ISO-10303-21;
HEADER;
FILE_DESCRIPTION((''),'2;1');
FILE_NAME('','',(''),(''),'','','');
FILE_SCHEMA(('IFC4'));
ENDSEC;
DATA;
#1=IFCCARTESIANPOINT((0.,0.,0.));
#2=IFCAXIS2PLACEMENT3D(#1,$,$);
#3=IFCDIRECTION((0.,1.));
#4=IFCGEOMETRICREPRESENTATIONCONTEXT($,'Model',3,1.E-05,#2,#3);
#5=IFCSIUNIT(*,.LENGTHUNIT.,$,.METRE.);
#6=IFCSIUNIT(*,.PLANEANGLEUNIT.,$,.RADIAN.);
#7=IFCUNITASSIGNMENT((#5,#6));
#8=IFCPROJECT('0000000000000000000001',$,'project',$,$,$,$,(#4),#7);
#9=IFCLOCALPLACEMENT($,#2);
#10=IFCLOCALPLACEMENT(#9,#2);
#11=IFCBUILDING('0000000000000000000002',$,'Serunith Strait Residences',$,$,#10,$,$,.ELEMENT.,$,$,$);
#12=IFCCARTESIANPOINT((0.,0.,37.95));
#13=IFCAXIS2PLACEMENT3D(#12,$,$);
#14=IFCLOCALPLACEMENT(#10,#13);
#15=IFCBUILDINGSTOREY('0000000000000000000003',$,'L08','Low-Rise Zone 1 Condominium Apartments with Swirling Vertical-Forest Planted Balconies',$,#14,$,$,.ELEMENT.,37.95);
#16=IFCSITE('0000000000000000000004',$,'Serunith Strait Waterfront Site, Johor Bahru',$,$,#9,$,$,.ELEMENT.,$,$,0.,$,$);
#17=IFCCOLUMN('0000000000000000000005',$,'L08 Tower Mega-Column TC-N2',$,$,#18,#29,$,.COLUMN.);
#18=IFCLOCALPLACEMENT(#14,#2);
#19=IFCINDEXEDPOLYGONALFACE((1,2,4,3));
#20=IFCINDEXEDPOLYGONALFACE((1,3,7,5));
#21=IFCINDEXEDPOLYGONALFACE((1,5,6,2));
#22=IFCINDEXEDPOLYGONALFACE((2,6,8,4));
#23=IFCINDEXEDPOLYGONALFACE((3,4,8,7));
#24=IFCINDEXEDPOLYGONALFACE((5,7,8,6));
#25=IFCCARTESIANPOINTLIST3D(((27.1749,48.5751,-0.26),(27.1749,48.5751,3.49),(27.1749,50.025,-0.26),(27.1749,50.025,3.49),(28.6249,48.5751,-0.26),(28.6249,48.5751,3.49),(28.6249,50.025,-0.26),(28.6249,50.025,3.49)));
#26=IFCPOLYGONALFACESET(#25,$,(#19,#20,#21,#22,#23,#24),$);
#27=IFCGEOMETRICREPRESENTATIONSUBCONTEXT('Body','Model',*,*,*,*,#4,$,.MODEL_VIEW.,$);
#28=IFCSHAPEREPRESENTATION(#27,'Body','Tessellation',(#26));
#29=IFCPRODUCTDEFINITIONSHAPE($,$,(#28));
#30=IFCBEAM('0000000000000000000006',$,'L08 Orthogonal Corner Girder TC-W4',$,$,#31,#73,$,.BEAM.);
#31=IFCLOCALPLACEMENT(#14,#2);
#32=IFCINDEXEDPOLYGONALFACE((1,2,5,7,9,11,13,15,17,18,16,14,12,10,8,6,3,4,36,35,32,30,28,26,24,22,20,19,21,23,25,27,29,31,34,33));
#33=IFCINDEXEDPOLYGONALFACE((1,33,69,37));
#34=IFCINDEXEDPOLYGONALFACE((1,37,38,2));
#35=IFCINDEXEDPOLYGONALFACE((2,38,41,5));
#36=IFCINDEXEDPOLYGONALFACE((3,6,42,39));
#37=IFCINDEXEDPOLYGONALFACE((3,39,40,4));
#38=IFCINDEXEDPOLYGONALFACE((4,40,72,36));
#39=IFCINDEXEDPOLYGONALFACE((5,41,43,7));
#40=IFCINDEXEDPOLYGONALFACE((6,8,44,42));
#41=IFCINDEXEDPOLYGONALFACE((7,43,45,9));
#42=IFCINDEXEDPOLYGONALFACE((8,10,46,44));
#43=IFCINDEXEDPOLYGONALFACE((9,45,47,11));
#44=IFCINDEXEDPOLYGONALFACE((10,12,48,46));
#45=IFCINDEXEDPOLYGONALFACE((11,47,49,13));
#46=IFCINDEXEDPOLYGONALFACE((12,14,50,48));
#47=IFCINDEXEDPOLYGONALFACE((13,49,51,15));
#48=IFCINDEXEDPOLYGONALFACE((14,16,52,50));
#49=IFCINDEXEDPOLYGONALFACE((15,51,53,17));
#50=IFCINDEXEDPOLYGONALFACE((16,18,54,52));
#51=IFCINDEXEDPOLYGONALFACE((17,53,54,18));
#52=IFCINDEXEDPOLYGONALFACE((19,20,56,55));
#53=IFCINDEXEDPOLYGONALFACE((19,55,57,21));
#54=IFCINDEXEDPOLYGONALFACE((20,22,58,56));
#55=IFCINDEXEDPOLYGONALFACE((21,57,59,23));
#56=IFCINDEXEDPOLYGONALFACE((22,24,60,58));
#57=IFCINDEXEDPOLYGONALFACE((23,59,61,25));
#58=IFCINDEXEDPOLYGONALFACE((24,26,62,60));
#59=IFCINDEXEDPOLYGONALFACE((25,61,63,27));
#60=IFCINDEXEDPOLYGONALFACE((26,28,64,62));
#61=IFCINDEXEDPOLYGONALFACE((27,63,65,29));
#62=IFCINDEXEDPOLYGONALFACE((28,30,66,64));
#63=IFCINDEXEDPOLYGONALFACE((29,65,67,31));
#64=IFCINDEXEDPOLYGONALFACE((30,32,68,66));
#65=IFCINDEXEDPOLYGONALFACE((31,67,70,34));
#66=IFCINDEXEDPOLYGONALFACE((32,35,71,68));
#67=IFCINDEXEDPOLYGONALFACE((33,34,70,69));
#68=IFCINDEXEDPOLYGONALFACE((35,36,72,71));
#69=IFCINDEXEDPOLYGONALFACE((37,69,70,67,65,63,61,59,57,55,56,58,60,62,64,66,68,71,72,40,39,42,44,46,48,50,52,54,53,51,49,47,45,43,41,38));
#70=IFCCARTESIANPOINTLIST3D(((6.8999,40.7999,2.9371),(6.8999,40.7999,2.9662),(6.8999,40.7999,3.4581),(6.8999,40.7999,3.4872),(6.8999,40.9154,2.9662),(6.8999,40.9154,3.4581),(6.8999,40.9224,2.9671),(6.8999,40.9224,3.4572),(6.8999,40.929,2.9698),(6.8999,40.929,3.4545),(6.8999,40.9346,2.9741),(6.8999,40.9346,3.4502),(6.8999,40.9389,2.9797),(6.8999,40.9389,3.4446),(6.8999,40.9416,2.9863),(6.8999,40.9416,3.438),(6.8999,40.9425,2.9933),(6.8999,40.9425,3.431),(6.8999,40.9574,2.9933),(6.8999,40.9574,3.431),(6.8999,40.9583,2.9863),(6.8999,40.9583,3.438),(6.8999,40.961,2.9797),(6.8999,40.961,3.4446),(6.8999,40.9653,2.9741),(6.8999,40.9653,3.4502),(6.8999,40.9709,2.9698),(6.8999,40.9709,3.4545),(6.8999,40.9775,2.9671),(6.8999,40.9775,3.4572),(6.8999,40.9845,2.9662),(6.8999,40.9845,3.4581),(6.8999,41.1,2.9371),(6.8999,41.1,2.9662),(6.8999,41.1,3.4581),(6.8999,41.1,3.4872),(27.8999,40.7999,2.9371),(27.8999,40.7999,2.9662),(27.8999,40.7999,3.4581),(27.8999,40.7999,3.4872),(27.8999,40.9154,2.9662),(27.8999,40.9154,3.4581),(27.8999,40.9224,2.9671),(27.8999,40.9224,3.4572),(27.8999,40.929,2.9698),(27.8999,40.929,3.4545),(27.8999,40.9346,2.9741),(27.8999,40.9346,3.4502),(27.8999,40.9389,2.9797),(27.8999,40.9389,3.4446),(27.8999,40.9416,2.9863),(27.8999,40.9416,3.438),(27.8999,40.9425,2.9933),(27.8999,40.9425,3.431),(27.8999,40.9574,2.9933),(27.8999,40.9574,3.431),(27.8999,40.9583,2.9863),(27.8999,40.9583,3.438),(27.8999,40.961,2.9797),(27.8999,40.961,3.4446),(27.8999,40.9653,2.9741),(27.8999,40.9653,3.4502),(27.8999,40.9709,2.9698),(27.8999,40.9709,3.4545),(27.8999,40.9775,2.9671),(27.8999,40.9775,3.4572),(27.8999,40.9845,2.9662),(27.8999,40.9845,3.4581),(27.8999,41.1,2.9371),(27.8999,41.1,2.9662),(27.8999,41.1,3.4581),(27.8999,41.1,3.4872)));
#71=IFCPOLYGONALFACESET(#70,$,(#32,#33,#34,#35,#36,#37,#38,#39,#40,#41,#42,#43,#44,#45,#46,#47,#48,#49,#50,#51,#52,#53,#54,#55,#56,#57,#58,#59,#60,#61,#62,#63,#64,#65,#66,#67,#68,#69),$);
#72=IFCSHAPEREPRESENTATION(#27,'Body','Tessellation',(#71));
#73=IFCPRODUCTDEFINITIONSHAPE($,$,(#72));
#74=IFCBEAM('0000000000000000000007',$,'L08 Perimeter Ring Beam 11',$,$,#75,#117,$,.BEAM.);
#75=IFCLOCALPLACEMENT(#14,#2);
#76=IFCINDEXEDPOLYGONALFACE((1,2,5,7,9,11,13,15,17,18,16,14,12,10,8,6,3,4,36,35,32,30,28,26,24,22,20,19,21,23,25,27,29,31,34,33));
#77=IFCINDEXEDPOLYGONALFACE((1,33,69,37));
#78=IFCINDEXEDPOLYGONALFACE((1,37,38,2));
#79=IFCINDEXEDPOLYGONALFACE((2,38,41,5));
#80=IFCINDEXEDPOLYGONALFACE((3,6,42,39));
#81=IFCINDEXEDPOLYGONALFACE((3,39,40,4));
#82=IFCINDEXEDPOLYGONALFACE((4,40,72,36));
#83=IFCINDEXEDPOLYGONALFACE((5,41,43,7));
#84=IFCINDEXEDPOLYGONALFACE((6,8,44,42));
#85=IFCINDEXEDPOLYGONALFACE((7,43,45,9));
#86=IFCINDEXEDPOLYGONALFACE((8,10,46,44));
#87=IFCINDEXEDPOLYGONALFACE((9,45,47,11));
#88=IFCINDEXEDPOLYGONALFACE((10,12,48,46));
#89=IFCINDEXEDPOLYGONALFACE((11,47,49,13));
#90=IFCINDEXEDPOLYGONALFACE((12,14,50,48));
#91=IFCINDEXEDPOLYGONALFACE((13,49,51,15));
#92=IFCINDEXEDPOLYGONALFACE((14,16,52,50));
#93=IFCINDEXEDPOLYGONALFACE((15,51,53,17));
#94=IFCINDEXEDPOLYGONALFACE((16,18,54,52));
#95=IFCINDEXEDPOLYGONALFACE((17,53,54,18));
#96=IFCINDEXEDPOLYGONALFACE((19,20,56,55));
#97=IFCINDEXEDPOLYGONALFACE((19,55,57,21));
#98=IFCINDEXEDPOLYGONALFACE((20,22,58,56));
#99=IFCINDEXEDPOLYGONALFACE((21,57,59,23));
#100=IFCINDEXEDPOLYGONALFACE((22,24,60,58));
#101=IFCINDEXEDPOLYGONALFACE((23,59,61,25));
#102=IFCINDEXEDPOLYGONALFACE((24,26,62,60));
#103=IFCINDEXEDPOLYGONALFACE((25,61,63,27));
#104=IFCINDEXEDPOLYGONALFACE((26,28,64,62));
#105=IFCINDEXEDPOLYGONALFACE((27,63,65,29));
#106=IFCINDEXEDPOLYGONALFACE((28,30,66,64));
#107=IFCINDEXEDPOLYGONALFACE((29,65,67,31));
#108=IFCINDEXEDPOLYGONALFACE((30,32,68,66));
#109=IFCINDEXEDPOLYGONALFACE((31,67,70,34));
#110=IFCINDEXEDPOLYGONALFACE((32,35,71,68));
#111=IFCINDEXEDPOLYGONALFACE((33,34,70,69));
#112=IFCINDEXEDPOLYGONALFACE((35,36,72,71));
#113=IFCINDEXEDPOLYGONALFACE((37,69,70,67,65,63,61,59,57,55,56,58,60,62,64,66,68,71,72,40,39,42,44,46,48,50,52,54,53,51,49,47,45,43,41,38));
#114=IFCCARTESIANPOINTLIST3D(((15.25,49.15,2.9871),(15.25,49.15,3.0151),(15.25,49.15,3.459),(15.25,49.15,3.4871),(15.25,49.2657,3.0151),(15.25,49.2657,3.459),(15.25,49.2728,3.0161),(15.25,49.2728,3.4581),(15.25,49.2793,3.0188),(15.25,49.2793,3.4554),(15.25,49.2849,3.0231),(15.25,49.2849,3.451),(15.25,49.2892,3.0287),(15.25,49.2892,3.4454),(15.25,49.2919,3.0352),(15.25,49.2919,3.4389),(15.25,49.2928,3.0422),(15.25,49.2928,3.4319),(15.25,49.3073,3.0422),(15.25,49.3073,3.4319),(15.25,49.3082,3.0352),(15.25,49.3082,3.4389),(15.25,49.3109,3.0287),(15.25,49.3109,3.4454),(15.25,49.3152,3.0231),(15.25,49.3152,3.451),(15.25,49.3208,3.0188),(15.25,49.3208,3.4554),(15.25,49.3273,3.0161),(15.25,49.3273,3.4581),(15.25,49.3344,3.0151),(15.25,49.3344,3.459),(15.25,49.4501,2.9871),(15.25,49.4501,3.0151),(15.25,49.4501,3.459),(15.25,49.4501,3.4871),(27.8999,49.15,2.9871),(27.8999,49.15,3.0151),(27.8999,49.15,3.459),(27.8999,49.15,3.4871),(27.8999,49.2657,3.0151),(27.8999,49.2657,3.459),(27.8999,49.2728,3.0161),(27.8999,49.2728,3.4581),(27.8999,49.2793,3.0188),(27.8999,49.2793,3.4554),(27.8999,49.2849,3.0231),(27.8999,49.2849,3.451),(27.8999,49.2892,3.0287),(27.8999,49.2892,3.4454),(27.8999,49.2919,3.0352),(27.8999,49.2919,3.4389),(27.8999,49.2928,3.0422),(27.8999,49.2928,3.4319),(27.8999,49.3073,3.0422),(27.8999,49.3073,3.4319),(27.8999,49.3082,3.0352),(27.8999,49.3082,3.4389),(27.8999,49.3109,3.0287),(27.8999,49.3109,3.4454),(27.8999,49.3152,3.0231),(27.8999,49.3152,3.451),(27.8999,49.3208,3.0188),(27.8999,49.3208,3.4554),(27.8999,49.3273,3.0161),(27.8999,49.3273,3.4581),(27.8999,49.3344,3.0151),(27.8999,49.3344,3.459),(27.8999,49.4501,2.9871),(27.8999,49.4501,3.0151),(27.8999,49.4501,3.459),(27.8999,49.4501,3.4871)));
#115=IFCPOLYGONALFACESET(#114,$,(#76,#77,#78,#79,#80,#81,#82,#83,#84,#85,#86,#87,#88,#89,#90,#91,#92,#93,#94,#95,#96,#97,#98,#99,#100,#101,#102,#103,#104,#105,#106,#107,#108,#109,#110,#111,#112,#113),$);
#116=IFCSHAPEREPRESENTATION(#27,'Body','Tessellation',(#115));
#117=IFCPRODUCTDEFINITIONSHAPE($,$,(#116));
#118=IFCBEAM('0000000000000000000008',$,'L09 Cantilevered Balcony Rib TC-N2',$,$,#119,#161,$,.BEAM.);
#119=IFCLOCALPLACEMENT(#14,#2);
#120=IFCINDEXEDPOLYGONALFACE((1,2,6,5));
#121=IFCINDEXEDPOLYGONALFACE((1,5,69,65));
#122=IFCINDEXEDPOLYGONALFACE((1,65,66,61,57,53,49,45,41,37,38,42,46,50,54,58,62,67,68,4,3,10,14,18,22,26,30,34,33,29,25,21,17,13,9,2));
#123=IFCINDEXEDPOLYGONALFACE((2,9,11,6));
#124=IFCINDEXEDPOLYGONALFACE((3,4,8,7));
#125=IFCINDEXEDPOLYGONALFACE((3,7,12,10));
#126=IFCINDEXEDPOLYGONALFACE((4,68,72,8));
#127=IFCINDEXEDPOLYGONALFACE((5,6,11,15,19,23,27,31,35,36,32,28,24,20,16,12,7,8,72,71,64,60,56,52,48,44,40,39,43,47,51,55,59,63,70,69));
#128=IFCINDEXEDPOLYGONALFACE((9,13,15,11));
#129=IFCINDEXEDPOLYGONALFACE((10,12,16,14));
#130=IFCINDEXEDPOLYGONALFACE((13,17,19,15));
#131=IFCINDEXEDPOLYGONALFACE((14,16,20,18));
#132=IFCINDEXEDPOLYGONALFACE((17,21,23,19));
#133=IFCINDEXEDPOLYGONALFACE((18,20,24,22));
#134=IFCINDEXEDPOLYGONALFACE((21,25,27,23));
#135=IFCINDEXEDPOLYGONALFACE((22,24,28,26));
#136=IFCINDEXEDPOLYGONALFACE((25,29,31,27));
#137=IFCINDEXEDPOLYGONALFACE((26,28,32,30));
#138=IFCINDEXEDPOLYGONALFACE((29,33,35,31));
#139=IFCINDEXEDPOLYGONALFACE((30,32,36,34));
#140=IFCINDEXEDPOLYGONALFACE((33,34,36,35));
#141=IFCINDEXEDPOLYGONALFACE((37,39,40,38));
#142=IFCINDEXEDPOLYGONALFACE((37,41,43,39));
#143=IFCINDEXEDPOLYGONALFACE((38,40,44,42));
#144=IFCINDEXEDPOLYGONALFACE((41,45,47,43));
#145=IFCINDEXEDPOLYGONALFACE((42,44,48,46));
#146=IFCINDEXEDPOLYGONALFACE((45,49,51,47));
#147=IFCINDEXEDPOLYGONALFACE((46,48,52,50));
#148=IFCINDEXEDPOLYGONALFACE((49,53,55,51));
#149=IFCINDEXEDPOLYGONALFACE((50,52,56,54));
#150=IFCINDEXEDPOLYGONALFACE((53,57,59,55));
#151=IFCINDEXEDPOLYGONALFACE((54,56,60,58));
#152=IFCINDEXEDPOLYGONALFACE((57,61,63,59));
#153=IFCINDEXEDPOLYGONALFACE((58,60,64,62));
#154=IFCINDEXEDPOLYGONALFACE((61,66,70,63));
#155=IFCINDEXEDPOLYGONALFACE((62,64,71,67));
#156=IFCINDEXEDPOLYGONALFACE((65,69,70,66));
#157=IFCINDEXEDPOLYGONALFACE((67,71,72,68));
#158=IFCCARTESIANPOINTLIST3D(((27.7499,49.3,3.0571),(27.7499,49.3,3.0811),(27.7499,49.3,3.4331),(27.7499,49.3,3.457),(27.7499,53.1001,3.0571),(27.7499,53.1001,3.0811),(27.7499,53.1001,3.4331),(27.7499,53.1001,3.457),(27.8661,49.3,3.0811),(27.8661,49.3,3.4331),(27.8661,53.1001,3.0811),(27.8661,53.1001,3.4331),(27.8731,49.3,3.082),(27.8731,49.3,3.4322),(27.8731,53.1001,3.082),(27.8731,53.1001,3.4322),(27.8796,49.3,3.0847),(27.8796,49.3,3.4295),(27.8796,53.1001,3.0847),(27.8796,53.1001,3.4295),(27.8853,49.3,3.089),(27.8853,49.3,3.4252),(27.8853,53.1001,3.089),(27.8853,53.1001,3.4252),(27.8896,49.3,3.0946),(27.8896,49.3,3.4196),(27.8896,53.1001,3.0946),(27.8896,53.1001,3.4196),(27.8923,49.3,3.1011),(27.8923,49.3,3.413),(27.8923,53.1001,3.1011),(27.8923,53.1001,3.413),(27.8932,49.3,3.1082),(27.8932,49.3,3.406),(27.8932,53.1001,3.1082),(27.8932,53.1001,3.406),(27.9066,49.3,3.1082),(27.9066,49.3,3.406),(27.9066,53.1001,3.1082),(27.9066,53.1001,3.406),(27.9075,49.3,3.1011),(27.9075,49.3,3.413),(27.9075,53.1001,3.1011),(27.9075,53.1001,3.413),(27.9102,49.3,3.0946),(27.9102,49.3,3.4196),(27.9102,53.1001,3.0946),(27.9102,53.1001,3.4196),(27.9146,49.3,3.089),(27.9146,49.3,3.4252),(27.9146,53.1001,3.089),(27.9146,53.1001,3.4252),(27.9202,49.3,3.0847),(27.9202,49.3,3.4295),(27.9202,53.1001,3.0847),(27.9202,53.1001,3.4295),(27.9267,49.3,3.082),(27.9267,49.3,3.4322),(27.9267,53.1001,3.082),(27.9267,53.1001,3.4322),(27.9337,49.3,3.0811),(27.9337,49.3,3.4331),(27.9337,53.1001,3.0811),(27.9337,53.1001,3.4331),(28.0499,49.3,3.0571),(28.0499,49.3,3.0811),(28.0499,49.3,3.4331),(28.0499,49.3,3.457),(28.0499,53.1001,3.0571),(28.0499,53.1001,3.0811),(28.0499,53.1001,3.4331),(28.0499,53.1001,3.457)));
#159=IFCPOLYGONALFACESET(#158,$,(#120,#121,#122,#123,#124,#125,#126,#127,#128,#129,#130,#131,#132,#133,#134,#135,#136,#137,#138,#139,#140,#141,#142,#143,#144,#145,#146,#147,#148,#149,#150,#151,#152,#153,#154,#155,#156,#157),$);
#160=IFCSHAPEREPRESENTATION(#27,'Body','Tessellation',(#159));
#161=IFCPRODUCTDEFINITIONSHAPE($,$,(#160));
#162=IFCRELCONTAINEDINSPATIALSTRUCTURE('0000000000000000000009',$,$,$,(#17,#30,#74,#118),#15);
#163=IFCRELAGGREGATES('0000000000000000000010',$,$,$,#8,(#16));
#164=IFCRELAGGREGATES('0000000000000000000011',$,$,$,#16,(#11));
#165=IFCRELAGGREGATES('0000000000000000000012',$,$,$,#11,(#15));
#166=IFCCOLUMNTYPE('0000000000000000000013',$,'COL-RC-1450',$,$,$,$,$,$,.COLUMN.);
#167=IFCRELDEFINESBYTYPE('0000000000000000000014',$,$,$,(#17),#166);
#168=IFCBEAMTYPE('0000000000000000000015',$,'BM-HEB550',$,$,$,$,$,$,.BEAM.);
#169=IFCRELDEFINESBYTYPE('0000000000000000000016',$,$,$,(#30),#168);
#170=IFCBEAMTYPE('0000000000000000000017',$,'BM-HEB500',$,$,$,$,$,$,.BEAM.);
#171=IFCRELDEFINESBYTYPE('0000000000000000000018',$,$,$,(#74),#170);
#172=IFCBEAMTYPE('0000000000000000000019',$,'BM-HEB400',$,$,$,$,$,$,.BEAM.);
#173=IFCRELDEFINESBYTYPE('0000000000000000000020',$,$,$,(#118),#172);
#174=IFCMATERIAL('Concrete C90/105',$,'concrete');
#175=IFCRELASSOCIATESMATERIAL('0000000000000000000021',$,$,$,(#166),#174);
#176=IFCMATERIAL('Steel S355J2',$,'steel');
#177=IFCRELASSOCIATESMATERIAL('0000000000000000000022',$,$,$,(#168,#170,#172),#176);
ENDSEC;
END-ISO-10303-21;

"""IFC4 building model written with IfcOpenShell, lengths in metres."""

from ifc_helpers import new_model, si_unit, direction, frame, origin, origin_2d, place, context, subcontext, project, spatial, rectangle, i_section, extrude, source, transform, mapped, material, material_profile, profile_set, type_object, element, save


model = new_model("IFC4")

# Units and contexts
model_context = context("Model", 3, precision=1e-05, world=origin(), true_north=direction((0.0, 1.0)))
body_context = subcontext(model_context, "Body", "Model", "MODEL_VIEW")
ifc_project = project(units=[si_unit("LENGTHUNIT", "METRE"), si_unit("PLANEANGLEUNIT", "RADIAN")], contexts=[model_context])

# Site, building, storey
site_placement = place(None, origin())
site = spatial("IfcSite", under=ifc_project, at=site_placement, Name="Serunith Strait Waterfront Site, Johor Bahru", CompositionType="ELEMENT", RefElevation=0.0)
building_placement = place(site_placement, origin())
building = spatial("IfcBuilding", under=site, at=building_placement, Name="Serunith Strait Residences", CompositionType="ELEMENT")
storey_placement = place(building_placement, frame((0.0, 0.0, 37.95)))
storey = spatial("IfcBuildingStorey", under=building, at=storey_placement, Name="L08", Description="Low-Rise Zone 1 Condominium Apartments with Swirling Vertical-Forest Planted Balconies", CompositionType="ELEMENT", Elevation=37.95)

# Column
ifc_material_1 = material(Name="Concrete C90/105", Category="concrete")
ifc_material_profile_1 = material_profile(ifc_material_1, rectangle(XDim=1.45, YDim=1.45, at=origin_2d()), Name="RC 1450x1450")
ifc_profile_set_1 = profile_set([ifc_material_profile_1], Name="Concrete C90/105")
column_type = type_object("IfcColumnType", Name="COL-RC-1450", PredefinedType="COLUMN", material=ifc_profile_set_1)
shared_shape_1 = source(origin(), body_context, "Body", "SweptSolid", [
    extrude(rectangle(XDim=1.45, YDim=1.45, at=origin_2d()), origin(), (0.0, 0.0, 1.0), 3.75),
])
column_placement = place(storey_placement, frame((27.8999, 49.3, -0.26), z_axis=(0.0, 0.0, 1.0), x_axis=(1.0, 0.0, 0.0)))
element("IfcColumn", 1, at=column_placement, inside=storey, type_object=column_type, Name="L08 Tower Mega-Column TC-N2", PredefinedType="COLUMN", context=body_context, shape_type="MappedRepresentation", body=[
    mapped(shared_shape_1, transform((0.0, 0.0, 0.0), scale=1.0)),
])

# Beams
ifc_material_2 = material(Name="Steel S355J2", Category="steel")
ifc_material_profile_2 = material_profile(ifc_material_2, i_section(OverallWidth=0.3, OverallDepth=0.55, WebThickness=0.0149, FlangeThickness=0.0291, FilletRadius=0.0271, at=origin_2d()), Name="HEB 550")
ifc_profile_set_2 = profile_set([ifc_material_profile_2], Name="Steel S355J2")
beam_type_1 = type_object("IfcBeamType", Name="BM-HEB550", PredefinedType="BEAM", material=ifc_profile_set_2)
shared_shape_2 = source(origin(), body_context, "Body", "SweptSolid", [
    extrude(i_section(OverallWidth=0.3, OverallDepth=0.55, WebThickness=0.0149, FlangeThickness=0.0291, FilletRadius=0.0271, at=origin_2d()), origin(), (0.0, 0.0, 1.0), 21.0),
])
beam_1_placement = place(storey_placement, frame((27.8999, 40.95, 3.2122), z_axis=(-1.0, 0.0, 0.0), x_axis=(0.0, -1.0, 0.0)))
element("IfcBeam", 2, at=beam_1_placement, inside=storey, type_object=beam_type_1, Name="L08 Orthogonal Corner Girder TC-W4", PredefinedType="BEAM", context=body_context, shape_type="MappedRepresentation", body=[
    mapped(shared_shape_2, transform((0.0, 0.0, 0.0), scale=1.0)),
])
ifc_material_profile_3 = material_profile(ifc_material_2, i_section(OverallWidth=0.3, OverallDepth=0.5, WebThickness=0.0144, FlangeThickness=0.0281, FilletRadius=0.0271, at=origin_2d()), Name="HEB 500")
ifc_profile_set_3 = profile_set([ifc_material_profile_3], Name="Steel S355J2")
beam_type_2 = type_object("IfcBeamType", Name="BM-HEB500", PredefinedType="BEAM", material=ifc_profile_set_3)
shared_shape_3 = source(origin(), body_context, "Body", "SweptSolid", [
    extrude(i_section(OverallWidth=0.3, OverallDepth=0.5, WebThickness=0.0144, FlangeThickness=0.0281, FilletRadius=0.0271, at=origin_2d()), origin(), (0.0, 0.0, 1.0), 12.6499),
])
beam_2_placement = place(storey_placement, frame((27.8999, 49.3, 3.2371), z_axis=(-1.0, 0.0, 0.0), x_axis=(0.0, -1.0, 0.0)))
element("IfcBeam", 3, at=beam_2_placement, inside=storey, type_object=beam_type_2, Name="L08 Perimeter Ring Beam 11", PredefinedType="BEAM", context=body_context, shape_type="MappedRepresentation", body=[
    mapped(shared_shape_3, transform((0.0, 0.0, 0.0), scale=1.0)),
])
ifc_material_profile_4 = material_profile(ifc_material_2, i_section(OverallWidth=0.3, OverallDepth=0.3999, WebThickness=0.0134, FlangeThickness=0.0239, FilletRadius=0.0271, at=origin_2d()), Name="HEB 400")
ifc_profile_set_4 = profile_set([ifc_material_profile_4], Name="Steel S355J2")
beam_type_3 = type_object("IfcBeamType", Name="BM-HEB400", PredefinedType="BEAM", material=ifc_profile_set_4)
shared_shape_4 = source(origin(), body_context, "Body", "SweptSolid", [
    extrude(i_section(OverallWidth=0.3, OverallDepth=0.3999, WebThickness=0.0134, FlangeThickness=0.0239, FilletRadius=0.0271, at=origin_2d()), origin(), (0.0, 0.0, 1.0), 3.8),
])
beam_3_placement = place(storey_placement, frame((27.8999, 49.3, 3.2571), z_axis=(0.0, 1.0, 0.0), x_axis=(-1.0, 0.0, 0.0)))
element("IfcBeam", 4, at=beam_3_placement, inside=storey, type_object=beam_type_3, Name="L09 Cantilevered Balcony Rib TC-N2", PredefinedType="BEAM", context=body_context, shape_type="MappedRepresentation", body=[
    mapped(shared_shape_4, transform((0.0, 0.0, 0.0), scale=1.0)),
])

save(model, "model.ifc")
